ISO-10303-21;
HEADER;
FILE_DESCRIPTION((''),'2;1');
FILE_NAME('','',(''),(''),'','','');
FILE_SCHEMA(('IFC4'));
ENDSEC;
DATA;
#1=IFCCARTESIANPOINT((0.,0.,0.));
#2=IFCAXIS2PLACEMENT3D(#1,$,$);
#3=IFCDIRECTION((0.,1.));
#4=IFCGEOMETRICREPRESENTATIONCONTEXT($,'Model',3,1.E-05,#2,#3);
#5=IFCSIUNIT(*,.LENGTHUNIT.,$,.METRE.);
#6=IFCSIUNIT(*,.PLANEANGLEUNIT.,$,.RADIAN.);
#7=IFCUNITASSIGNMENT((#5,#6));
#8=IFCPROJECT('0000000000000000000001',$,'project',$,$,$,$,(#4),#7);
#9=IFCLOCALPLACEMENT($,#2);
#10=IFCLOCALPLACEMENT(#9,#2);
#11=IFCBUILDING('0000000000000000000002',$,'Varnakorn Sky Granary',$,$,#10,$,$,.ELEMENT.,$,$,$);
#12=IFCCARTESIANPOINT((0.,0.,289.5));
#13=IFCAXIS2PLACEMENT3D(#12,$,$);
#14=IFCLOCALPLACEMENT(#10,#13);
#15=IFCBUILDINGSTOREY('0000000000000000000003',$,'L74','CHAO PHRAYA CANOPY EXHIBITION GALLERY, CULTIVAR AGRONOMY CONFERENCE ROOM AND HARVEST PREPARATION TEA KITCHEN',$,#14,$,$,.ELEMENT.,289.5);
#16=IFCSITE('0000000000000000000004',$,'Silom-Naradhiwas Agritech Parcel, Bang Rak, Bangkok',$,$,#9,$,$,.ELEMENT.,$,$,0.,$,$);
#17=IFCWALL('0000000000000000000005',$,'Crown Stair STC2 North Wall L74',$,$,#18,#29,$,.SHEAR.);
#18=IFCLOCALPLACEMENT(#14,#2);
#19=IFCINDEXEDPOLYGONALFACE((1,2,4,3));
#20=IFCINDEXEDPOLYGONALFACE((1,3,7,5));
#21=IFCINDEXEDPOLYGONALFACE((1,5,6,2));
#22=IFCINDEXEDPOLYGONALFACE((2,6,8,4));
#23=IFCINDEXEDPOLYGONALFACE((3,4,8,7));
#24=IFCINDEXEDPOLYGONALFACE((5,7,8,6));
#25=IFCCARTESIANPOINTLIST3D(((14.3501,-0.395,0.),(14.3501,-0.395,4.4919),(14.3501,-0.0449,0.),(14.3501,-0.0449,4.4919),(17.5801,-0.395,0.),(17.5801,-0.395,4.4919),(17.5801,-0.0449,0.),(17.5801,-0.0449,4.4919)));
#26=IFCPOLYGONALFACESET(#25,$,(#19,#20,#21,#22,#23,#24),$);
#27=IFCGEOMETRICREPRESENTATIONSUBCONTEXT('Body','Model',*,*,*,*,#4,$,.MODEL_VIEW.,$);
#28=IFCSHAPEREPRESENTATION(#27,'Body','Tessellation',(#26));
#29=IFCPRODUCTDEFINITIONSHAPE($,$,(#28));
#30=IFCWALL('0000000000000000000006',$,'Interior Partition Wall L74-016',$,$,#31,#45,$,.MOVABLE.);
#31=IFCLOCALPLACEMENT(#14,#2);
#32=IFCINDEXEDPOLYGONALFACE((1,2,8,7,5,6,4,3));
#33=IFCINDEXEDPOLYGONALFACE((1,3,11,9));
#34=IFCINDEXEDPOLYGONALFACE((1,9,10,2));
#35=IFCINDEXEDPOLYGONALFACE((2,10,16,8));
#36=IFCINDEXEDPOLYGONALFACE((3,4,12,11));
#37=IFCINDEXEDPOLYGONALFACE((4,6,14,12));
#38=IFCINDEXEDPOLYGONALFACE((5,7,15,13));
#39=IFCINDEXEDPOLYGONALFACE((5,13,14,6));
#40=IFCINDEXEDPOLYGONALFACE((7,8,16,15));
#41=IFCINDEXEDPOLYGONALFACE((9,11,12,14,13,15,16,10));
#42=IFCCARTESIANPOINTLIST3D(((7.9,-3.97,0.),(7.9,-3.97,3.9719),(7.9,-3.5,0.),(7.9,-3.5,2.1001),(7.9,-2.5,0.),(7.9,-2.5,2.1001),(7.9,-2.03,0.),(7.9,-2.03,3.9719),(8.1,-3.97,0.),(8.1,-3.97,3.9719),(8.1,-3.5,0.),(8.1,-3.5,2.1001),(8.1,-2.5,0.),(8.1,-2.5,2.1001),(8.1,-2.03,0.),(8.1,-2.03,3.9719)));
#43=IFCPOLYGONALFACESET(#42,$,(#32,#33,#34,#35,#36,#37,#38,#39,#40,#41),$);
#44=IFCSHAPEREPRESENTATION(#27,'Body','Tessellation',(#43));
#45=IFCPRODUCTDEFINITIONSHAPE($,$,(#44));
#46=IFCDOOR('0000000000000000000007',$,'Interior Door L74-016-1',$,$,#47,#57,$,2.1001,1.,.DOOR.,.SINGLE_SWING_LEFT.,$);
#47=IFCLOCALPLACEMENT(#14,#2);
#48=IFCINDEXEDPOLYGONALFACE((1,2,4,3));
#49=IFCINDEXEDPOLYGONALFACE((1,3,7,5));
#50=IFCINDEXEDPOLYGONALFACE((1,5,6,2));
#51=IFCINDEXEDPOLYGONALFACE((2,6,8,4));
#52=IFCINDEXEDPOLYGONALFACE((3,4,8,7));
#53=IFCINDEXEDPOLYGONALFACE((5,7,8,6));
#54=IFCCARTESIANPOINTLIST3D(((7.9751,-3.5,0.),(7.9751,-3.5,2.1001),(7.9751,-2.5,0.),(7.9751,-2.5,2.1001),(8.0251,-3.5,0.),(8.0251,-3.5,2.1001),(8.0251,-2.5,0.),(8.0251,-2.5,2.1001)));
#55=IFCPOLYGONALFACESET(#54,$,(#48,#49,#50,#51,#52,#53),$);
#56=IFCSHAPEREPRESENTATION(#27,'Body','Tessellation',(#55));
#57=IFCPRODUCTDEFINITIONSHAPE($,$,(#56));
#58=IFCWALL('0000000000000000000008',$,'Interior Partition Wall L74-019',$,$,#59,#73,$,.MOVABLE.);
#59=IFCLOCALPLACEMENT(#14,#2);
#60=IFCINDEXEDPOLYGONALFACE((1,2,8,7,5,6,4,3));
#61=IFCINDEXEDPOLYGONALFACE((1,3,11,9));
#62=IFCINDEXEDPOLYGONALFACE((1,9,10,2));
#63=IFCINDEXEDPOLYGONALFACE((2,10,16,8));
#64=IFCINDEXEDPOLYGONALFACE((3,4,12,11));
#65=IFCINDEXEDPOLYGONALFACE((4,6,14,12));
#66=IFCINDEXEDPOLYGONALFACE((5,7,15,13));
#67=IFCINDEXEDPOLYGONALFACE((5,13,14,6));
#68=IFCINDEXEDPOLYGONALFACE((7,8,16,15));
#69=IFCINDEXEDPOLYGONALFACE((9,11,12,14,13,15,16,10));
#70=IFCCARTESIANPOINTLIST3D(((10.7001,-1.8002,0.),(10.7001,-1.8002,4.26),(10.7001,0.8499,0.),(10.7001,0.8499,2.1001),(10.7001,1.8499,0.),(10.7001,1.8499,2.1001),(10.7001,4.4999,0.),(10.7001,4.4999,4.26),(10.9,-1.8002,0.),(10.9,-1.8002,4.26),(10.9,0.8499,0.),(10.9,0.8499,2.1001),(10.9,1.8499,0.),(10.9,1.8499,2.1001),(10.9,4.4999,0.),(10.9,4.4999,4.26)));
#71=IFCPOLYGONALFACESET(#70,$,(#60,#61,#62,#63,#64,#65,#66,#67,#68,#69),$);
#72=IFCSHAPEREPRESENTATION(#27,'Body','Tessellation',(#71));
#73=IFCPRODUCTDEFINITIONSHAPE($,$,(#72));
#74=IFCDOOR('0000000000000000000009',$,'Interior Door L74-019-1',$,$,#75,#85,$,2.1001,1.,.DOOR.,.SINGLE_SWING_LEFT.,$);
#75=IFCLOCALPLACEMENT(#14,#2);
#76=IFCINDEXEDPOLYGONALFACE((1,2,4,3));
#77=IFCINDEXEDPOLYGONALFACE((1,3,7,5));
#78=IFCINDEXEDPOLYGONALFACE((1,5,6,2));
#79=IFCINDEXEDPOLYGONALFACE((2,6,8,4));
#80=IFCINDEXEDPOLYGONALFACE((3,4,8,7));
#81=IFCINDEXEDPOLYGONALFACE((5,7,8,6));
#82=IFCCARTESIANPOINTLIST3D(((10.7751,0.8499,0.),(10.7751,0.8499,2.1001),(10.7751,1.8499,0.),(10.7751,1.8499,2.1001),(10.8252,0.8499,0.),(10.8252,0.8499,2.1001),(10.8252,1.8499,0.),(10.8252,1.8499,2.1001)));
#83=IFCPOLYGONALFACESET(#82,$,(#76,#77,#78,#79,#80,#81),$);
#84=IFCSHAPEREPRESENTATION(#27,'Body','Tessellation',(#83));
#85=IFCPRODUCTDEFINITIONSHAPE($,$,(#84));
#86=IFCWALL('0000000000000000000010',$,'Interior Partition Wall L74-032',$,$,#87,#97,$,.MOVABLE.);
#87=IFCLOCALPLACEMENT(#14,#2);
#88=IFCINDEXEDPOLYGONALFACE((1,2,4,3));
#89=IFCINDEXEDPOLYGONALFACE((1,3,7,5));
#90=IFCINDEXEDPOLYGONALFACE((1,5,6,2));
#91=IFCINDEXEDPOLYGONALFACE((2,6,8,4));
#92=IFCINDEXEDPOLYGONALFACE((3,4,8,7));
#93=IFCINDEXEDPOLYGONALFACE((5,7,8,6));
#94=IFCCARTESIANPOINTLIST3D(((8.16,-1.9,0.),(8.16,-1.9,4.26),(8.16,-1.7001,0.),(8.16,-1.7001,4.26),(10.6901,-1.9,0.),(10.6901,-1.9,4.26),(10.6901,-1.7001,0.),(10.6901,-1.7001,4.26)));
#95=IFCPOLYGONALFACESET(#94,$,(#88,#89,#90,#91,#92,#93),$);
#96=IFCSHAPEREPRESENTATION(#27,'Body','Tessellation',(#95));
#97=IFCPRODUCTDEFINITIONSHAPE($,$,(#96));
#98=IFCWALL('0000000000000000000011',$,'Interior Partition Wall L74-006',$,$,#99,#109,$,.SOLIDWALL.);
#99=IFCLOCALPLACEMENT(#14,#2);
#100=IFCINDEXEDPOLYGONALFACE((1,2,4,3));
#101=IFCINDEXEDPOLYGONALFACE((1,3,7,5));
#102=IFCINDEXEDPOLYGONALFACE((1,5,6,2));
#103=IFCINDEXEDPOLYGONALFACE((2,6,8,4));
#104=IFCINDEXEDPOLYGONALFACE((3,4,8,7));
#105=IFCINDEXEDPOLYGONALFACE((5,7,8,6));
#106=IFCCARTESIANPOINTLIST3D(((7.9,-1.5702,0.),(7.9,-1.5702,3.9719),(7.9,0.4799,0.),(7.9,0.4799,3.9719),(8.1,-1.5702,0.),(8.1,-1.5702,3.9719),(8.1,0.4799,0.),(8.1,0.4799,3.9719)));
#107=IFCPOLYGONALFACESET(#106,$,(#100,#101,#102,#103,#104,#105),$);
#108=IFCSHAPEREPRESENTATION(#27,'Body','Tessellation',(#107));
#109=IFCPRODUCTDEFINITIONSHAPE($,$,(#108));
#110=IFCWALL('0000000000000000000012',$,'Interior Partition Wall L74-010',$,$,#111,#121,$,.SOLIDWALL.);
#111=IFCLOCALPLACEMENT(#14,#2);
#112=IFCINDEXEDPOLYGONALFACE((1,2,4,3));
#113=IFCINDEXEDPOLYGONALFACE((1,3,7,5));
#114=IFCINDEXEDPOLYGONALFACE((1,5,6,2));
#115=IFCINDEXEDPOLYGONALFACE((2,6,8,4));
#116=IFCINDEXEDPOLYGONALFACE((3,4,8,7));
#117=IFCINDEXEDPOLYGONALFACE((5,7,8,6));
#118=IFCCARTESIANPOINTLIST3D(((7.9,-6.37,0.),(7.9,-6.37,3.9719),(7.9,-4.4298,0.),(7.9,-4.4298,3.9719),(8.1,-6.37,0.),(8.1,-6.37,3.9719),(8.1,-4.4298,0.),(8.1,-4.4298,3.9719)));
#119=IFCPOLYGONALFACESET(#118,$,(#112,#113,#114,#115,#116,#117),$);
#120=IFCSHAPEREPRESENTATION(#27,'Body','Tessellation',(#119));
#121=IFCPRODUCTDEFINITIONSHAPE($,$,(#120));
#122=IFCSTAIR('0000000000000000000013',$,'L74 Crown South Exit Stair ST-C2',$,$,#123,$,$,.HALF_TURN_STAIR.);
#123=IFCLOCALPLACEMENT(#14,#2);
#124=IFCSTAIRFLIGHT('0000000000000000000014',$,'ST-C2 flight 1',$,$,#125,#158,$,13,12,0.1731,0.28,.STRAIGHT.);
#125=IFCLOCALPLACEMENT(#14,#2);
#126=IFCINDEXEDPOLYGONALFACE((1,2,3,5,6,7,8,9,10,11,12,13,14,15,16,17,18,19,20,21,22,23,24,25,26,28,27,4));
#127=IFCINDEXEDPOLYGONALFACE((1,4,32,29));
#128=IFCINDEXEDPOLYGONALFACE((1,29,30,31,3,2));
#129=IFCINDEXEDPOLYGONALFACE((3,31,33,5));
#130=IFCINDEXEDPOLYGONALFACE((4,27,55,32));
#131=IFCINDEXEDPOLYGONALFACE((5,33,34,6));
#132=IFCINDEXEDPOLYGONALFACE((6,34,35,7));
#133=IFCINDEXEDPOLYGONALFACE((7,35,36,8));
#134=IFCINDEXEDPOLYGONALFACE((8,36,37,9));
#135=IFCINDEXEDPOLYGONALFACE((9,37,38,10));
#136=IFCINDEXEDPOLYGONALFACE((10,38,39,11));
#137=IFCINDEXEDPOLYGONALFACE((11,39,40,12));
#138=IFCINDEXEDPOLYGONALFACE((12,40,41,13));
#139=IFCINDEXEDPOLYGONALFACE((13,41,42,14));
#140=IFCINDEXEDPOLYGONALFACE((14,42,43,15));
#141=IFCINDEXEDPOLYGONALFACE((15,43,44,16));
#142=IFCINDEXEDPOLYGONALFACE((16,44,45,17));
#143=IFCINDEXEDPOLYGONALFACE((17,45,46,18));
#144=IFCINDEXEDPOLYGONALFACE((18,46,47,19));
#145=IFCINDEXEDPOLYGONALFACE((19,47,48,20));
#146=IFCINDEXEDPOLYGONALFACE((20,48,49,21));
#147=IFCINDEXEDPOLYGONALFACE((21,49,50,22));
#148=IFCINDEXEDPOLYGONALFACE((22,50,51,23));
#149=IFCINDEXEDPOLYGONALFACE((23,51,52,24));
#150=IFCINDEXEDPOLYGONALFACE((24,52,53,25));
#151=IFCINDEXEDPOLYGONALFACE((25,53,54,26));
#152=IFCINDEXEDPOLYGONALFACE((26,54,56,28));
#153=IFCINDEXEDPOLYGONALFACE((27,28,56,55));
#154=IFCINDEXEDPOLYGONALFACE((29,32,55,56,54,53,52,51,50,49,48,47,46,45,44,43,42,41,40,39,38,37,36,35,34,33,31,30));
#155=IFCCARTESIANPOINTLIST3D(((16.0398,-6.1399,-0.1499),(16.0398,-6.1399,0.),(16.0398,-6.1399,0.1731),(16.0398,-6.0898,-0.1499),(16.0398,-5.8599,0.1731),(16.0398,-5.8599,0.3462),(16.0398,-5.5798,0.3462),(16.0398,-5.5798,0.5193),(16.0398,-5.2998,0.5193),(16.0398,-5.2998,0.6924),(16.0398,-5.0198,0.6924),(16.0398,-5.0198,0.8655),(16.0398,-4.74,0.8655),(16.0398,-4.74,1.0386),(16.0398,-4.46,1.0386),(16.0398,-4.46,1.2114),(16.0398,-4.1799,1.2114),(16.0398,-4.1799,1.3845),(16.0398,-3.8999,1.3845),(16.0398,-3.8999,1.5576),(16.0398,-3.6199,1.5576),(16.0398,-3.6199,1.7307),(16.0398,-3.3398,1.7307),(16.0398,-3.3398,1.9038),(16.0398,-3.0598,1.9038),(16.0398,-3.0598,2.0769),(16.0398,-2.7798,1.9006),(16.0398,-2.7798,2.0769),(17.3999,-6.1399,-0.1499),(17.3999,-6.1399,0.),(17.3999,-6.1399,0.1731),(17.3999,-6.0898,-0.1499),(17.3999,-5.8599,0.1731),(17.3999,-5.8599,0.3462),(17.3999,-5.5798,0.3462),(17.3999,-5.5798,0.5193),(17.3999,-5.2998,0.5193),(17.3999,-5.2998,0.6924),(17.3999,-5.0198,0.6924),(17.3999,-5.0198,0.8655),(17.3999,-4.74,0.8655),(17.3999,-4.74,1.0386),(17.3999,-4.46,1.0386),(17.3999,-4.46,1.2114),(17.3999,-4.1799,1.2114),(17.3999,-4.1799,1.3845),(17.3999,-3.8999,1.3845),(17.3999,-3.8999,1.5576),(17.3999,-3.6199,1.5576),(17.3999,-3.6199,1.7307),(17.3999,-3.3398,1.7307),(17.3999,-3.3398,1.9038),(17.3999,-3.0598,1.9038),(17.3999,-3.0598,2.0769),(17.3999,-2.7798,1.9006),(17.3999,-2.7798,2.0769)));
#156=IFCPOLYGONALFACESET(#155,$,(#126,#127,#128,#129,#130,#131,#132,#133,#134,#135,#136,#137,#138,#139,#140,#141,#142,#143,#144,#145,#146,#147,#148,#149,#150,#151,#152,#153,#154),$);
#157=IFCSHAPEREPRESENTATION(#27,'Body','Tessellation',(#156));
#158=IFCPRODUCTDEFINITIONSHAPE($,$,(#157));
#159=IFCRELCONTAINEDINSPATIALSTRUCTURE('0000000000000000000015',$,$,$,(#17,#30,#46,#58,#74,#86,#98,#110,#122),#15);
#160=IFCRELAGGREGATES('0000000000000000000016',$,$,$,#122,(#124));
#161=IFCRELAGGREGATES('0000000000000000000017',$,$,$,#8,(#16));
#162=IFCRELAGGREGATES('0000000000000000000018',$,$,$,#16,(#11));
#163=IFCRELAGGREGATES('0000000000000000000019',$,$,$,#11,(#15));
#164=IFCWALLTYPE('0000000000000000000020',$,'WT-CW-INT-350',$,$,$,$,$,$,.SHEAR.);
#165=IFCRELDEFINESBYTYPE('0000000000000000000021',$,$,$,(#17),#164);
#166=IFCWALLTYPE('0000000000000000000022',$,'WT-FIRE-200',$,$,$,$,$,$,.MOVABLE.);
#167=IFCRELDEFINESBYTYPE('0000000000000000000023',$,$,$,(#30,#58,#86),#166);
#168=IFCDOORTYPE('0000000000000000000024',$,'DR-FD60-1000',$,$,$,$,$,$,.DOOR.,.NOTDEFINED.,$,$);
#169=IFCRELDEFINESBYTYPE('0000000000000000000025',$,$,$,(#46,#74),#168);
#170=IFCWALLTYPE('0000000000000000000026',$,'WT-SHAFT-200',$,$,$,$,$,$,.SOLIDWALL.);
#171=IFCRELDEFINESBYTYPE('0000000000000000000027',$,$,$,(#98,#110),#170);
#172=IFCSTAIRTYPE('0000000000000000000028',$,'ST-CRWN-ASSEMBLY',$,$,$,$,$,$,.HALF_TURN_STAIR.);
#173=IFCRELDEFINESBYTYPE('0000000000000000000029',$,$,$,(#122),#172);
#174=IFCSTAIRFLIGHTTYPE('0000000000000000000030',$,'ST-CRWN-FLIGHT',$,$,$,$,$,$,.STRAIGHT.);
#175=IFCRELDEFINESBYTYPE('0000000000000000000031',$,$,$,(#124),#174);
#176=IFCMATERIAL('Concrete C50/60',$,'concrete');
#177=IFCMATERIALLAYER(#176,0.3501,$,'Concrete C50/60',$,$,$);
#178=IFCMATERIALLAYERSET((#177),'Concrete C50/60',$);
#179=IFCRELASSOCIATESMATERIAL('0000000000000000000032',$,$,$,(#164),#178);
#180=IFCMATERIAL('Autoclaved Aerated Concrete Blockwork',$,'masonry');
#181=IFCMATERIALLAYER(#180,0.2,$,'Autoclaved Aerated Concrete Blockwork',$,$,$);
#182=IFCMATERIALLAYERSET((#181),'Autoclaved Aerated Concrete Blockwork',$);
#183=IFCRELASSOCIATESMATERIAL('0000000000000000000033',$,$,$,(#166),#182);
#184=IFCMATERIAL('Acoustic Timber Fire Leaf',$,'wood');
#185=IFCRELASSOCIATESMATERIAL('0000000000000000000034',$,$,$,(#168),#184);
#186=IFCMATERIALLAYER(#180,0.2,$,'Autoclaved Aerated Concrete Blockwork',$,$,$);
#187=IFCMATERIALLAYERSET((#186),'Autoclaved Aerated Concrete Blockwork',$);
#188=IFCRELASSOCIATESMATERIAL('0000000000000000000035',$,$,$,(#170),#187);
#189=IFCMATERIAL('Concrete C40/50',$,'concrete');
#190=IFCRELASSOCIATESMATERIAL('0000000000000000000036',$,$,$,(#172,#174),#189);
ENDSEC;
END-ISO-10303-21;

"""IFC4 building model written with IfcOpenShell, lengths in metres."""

from ifc_helpers import new_model, si_unit, direction, frame, frame_2d, origin, place, context, subcontext, project, spatial, polyline, rectangle, outline, extrude, material, layer, layer_set, type_object, element, fill, aggregate, save


model = new_model("IFC4")

# Units and contexts
model_context = context("Model", 3, precision=1e-05, world=origin(), true_north=direction((0.0, 1.0)))
body_context = subcontext(model_context, "Body", "Model", "MODEL_VIEW")
ifc_project = project(units=[si_unit("LENGTHUNIT", "METRE"), si_unit("PLANEANGLEUNIT", "RADIAN")], contexts=[model_context])

# Site, building, storey
site_placement = place(None, origin())
site = spatial("IfcSite", under=ifc_project, at=site_placement, Name="Silom-Naradhiwas Agritech Parcel, Bang Rak, Bangkok", CompositionType="ELEMENT", RefElevation=0.0)
building_placement = place(site_placement, origin())
building = spatial("IfcBuilding", under=site, at=building_placement, Name="Varnakorn Sky Granary", CompositionType="ELEMENT")
storey_placement = place(building_placement, frame((0.0, 0.0, 289.5)))
storey = spatial("IfcBuildingStorey", under=building, at=storey_placement, Name="L74", Description="CHAO PHRAYA CANOPY EXHIBITION GALLERY, CULTIVAR AGRONOMY CONFERENCE ROOM AND HARVEST PREPARATION TEA KITCHEN", CompositionType="ELEMENT", Elevation=289.5)

# Shared definitions
ifc_material_1 = material(Name="Concrete C50/60", Category="concrete")

# Wall
ifc_layer_1 = layer(ifc_material_1, 0.3501, Name="Concrete C50/60")
ifc_layer_set_1 = layer_set([ifc_layer_1], Name="Concrete C50/60")
wall_type_1 = type_object("IfcWallType", Name="WT-CW-INT-350", PredefinedType="SHEAR", material=ifc_layer_set_1)
for number, where, z_axis, x_axis, name in (
    (1, (14.3501, -0.22, 0.0), (0.0, 0.0, 1.0), (1.0, 0.0, 0.0), "Crown Stair STC2 North Wall L74"),
):
    element("IfcWall", number, at=place(storey_placement, frame(where, z_axis=z_axis, x_axis=x_axis)), inside=storey, type_object=wall_type_1, Name=name, PredefinedType="SHEAR", context=body_context, shape_type="SweptSolid", body=[
        extrude(rectangle(XDim=3.23, YDim=0.3501, at=frame_2d((1.615, 0.0))), origin(), (0.0, 0.0, 1.0), 4.4919),
    ])

# Walls, openings, doors
ifc_material_2 = material(Name="Autoclaved Aerated Concrete Blockwork", Category="masonry")
ifc_layer_2 = layer(ifc_material_2, 0.2, Name="Autoclaved Aerated Concrete Blockwork")
ifc_layer_set_2 = layer_set([ifc_layer_2], Name="Autoclaved Aerated Concrete Blockwork")
wall_type_2 = type_object("IfcWallType", Name="WT-FIRE-200", PredefinedType="MOVABLE", material=ifc_layer_set_2)
wall_1_placement = place(storey_placement, frame((8.0, -3.97, 0.0), z_axis=(0.0, 0.0, 1.0), x_axis=(0.0, 1.0, 0.0)))
wall_1 = element("IfcWall", 2, at=wall_1_placement, inside=storey, type_object=wall_type_2, Name="Interior Partition Wall L74-016", PredefinedType="MOVABLE", context=body_context, shape_type="SweptSolid", body=[
    extrude(rectangle(XDim=1.9399, YDim=0.2, at=frame_2d((0.97, 0.0))), origin(), (0.0, 0.0, 1.0), 3.9719),
])
opening_1_placement = place(wall_1_placement, frame((0.47, 0.0, 0.0)))
opening_1 = element("IfcOpeningElement", 3, at=opening_1_placement, cuts=wall_1, PredefinedType="OPENING", context=body_context, shape_type="SweptSolid", body=[
    extrude(rectangle(XDim=1.0, YDim=2.1001, at=frame_2d((0.5, 1.05))), frame((0.0, 0.1099, 0.0), z_axis=(0.0, -1.0, 0.0), x_axis=(1.0, 0.0, 0.0)), (0.0, 0.0, 1.0), 0.22),
])
ifc_material_3 = material(Name="Acoustic Timber Fire Leaf", Category="wood")
door_type_1 = type_object("IfcDoorType", Name="DR-FD60-1000", OperationType="NOTDEFINED", PredefinedType="DOOR", material=ifc_material_3)
door_1_placement = place(opening_1_placement, origin())
door_1 = element("IfcDoor", 4, at=door_1_placement, inside=storey, type_object=door_type_1, Name="Interior Door L74-016-1", OperationType="SINGLE_SWING_LEFT", OverallHeight=2.1001, OverallWidth=1.0, PredefinedType="DOOR", context=body_context, shape_type="SweptSolid", body=[
    extrude(rectangle(XDim=1.0, YDim=2.1001, at=frame_2d((0.5, 1.05))), frame((0.0, 0.0249, 0.0), z_axis=(0.0, -1.0, 0.0), x_axis=(1.0, 0.0, 0.0)), (0.0, 0.0, 1.0), 0.05),
])
fill(opening_1, door_1)
wall_2_placement = place(storey_placement, frame((10.8, -1.8, 0.0), z_axis=(0.0, 0.0, 1.0), x_axis=(0.0, 1.0, 0.0)))
wall_2 = element("IfcWall", 5, at=wall_2_placement, inside=storey, type_object=wall_type_2, Name="Interior Partition Wall L74-019", PredefinedType="MOVABLE", context=body_context, shape_type="SweptSolid", body=[
    extrude(rectangle(XDim=6.3, YDim=0.2, at=frame_2d((3.1499, 0.0))), origin(), (0.0, 0.0, 1.0), 4.26),
])
opening_2_placement = place(wall_2_placement, frame((2.6499, 0.0, 0.0)))
opening_2 = element("IfcOpeningElement", 6, at=opening_2_placement, cuts=wall_2, PredefinedType="OPENING", context=body_context, shape_type="SweptSolid", body=[
    extrude(rectangle(XDim=1.0, YDim=2.1001, at=frame_2d((0.5, 1.05))), frame((0.0, 0.1099, 0.0), z_axis=(0.0, -1.0, 0.0), x_axis=(1.0, 0.0, 0.0)), (0.0, 0.0, 1.0), 0.22),
])
door_2_placement = place(opening_2_placement, origin())
door_2 = element("IfcDoor", 7, at=door_2_placement, inside=storey, type_object=door_type_1, Name="Interior Door L74-019-1", OperationType="SINGLE_SWING_LEFT", OverallHeight=2.1001, OverallWidth=1.0, PredefinedType="DOOR", context=body_context, shape_type="SweptSolid", body=[
    extrude(rectangle(XDim=1.0, YDim=2.1001, at=frame_2d((0.5, 1.05))), frame((0.0, 0.0249, 0.0), z_axis=(0.0, -1.0, 0.0), x_axis=(1.0, 0.0, 0.0)), (0.0, 0.0, 1.0), 0.05),
])
fill(opening_2, door_2)

# Walls
wall_3_placement = place(storey_placement, frame((8.1599, -1.8, 0.0), z_axis=(0.0, 0.0, 1.0), x_axis=(1.0, 0.0, 0.0)))
element("IfcWall", 8, at=wall_3_placement, inside=storey, type_object=wall_type_2, Name="Interior Partition Wall L74-032", PredefinedType="MOVABLE", context=body_context, shape_type="SweptSolid", body=[
    extrude(rectangle(XDim=2.53, YDim=0.2, at=frame_2d((1.2651, 0.0))), origin(), (0.0, 0.0, 1.0), 4.26),
])
ifc_layer_3 = layer(ifc_material_2, 0.2, Name="Autoclaved Aerated Concrete Blockwork")
ifc_layer_set_3 = layer_set([ifc_layer_3], Name="Autoclaved Aerated Concrete Blockwork")
wall_type_3 = type_object("IfcWallType", Name="WT-SHAFT-200", PredefinedType="SOLIDWALL", material=ifc_layer_set_3)
wall_4_placement = place(storey_placement, frame((8.0, -1.5701, 0.0), z_axis=(0.0, 0.0, 1.0), x_axis=(0.0, 1.0, 0.0)))
element("IfcWall", 9, at=wall_4_placement, inside=storey, type_object=wall_type_3, Name="Interior Partition Wall L74-006", PredefinedType="SOLIDWALL", context=body_context, shape_type="SweptSolid", body=[
    extrude(rectangle(XDim=2.05, YDim=0.2, at=frame_2d((1.0249, 0.0))), origin(), (0.0, 0.0, 1.0), 3.9719),
])
wall_5_placement = place(storey_placement, frame((8.0, -6.3701, 0.0), z_axis=(0.0, 0.0, 1.0), x_axis=(0.0, 1.0, 0.0)))
element("IfcWall", 10, at=wall_5_placement, inside=storey, type_object=wall_type_3, Name="Interior Partition Wall L74-010", PredefinedType="SOLIDWALL", context=body_context, shape_type="SweptSolid", body=[
    extrude(rectangle(XDim=1.9402, YDim=0.2, at=frame_2d((0.9702, 0.0))), origin(), (0.0, 0.0, 1.0), 3.9719),
])

# Stair, stair flight
ifc_material_4 = material(Name="Concrete C40/50", Category="concrete")
stair_type = type_object("IfcStairType", Name="ST-CRWN-ASSEMBLY", PredefinedType="HALF_TURN_STAIR", material=ifc_material_4)
stair_placement = place(storey_placement, origin())
stair = element("IfcStair", 11, at=stair_placement, inside=storey, type_object=stair_type, Name="L74 Crown South Exit Stair ST-C2", PredefinedType="HALF_TURN_STAIR")
stair_flight_type = type_object("IfcStairFlightType", Name="ST-CRWN-FLIGHT", PredefinedType="STRAIGHT", material=ifc_material_4)
stair_flight_1_placement = place(storey_placement, frame((16.72, -6.1399, 0.0), z_axis=(0.0, 0.0, 1.0), x_axis=(0.0, 1.0, 0.0)))
stair_flight_1 = element("IfcStairFlight", 12, at=stair_flight_1_placement, type_object=stair_flight_type, Name="ST-C2 flight 1", NumberOfRisers=13, NumberOfTreads=12, PredefinedType="STRAIGHT", RiserHeight=0.1731, TreadLength=0.28, context=body_context, shape_type="SweptSolid", body=[
    extrude(outline(polyline([(0.0, -0.1499), (0.0, 0.0), (0.0, 0.1731), (0.28, 0.1731), (0.28, 0.3462), (0.5601, 0.3462), (0.5601, 0.5193), (0.8401, 0.5193), (0.8401, 0.6924), (1.1201, 0.6924), (1.1201, 0.8655), (1.3999, 0.8655), (1.3999, 1.0386), (1.6799, 1.0386), (1.6799, 1.2114), (1.96, 1.2114), (1.96, 1.3845), (2.24, 1.3845), (2.24, 1.5576), (2.52, 1.5576), (2.52, 1.7307), (2.8, 1.7307), (2.8, 1.9038), (3.0801, 1.9038), (3.0801, 2.0769), (3.3601, 2.0769), (3.3601, 2.25), (3.3601, 1.9006), (0.05, -0.1499), (0.0, -0.1499)])), frame((0.0, 0.6802, 0.0), z_axis=(0.0, -1.0, 0.0), x_axis=(1.0, 0.0, 0.0)), (0.0, 0.0, 1.0), 1.3601),
])
aggregate(stair, [stair_flight_1])

save(model, "model.ifc")
